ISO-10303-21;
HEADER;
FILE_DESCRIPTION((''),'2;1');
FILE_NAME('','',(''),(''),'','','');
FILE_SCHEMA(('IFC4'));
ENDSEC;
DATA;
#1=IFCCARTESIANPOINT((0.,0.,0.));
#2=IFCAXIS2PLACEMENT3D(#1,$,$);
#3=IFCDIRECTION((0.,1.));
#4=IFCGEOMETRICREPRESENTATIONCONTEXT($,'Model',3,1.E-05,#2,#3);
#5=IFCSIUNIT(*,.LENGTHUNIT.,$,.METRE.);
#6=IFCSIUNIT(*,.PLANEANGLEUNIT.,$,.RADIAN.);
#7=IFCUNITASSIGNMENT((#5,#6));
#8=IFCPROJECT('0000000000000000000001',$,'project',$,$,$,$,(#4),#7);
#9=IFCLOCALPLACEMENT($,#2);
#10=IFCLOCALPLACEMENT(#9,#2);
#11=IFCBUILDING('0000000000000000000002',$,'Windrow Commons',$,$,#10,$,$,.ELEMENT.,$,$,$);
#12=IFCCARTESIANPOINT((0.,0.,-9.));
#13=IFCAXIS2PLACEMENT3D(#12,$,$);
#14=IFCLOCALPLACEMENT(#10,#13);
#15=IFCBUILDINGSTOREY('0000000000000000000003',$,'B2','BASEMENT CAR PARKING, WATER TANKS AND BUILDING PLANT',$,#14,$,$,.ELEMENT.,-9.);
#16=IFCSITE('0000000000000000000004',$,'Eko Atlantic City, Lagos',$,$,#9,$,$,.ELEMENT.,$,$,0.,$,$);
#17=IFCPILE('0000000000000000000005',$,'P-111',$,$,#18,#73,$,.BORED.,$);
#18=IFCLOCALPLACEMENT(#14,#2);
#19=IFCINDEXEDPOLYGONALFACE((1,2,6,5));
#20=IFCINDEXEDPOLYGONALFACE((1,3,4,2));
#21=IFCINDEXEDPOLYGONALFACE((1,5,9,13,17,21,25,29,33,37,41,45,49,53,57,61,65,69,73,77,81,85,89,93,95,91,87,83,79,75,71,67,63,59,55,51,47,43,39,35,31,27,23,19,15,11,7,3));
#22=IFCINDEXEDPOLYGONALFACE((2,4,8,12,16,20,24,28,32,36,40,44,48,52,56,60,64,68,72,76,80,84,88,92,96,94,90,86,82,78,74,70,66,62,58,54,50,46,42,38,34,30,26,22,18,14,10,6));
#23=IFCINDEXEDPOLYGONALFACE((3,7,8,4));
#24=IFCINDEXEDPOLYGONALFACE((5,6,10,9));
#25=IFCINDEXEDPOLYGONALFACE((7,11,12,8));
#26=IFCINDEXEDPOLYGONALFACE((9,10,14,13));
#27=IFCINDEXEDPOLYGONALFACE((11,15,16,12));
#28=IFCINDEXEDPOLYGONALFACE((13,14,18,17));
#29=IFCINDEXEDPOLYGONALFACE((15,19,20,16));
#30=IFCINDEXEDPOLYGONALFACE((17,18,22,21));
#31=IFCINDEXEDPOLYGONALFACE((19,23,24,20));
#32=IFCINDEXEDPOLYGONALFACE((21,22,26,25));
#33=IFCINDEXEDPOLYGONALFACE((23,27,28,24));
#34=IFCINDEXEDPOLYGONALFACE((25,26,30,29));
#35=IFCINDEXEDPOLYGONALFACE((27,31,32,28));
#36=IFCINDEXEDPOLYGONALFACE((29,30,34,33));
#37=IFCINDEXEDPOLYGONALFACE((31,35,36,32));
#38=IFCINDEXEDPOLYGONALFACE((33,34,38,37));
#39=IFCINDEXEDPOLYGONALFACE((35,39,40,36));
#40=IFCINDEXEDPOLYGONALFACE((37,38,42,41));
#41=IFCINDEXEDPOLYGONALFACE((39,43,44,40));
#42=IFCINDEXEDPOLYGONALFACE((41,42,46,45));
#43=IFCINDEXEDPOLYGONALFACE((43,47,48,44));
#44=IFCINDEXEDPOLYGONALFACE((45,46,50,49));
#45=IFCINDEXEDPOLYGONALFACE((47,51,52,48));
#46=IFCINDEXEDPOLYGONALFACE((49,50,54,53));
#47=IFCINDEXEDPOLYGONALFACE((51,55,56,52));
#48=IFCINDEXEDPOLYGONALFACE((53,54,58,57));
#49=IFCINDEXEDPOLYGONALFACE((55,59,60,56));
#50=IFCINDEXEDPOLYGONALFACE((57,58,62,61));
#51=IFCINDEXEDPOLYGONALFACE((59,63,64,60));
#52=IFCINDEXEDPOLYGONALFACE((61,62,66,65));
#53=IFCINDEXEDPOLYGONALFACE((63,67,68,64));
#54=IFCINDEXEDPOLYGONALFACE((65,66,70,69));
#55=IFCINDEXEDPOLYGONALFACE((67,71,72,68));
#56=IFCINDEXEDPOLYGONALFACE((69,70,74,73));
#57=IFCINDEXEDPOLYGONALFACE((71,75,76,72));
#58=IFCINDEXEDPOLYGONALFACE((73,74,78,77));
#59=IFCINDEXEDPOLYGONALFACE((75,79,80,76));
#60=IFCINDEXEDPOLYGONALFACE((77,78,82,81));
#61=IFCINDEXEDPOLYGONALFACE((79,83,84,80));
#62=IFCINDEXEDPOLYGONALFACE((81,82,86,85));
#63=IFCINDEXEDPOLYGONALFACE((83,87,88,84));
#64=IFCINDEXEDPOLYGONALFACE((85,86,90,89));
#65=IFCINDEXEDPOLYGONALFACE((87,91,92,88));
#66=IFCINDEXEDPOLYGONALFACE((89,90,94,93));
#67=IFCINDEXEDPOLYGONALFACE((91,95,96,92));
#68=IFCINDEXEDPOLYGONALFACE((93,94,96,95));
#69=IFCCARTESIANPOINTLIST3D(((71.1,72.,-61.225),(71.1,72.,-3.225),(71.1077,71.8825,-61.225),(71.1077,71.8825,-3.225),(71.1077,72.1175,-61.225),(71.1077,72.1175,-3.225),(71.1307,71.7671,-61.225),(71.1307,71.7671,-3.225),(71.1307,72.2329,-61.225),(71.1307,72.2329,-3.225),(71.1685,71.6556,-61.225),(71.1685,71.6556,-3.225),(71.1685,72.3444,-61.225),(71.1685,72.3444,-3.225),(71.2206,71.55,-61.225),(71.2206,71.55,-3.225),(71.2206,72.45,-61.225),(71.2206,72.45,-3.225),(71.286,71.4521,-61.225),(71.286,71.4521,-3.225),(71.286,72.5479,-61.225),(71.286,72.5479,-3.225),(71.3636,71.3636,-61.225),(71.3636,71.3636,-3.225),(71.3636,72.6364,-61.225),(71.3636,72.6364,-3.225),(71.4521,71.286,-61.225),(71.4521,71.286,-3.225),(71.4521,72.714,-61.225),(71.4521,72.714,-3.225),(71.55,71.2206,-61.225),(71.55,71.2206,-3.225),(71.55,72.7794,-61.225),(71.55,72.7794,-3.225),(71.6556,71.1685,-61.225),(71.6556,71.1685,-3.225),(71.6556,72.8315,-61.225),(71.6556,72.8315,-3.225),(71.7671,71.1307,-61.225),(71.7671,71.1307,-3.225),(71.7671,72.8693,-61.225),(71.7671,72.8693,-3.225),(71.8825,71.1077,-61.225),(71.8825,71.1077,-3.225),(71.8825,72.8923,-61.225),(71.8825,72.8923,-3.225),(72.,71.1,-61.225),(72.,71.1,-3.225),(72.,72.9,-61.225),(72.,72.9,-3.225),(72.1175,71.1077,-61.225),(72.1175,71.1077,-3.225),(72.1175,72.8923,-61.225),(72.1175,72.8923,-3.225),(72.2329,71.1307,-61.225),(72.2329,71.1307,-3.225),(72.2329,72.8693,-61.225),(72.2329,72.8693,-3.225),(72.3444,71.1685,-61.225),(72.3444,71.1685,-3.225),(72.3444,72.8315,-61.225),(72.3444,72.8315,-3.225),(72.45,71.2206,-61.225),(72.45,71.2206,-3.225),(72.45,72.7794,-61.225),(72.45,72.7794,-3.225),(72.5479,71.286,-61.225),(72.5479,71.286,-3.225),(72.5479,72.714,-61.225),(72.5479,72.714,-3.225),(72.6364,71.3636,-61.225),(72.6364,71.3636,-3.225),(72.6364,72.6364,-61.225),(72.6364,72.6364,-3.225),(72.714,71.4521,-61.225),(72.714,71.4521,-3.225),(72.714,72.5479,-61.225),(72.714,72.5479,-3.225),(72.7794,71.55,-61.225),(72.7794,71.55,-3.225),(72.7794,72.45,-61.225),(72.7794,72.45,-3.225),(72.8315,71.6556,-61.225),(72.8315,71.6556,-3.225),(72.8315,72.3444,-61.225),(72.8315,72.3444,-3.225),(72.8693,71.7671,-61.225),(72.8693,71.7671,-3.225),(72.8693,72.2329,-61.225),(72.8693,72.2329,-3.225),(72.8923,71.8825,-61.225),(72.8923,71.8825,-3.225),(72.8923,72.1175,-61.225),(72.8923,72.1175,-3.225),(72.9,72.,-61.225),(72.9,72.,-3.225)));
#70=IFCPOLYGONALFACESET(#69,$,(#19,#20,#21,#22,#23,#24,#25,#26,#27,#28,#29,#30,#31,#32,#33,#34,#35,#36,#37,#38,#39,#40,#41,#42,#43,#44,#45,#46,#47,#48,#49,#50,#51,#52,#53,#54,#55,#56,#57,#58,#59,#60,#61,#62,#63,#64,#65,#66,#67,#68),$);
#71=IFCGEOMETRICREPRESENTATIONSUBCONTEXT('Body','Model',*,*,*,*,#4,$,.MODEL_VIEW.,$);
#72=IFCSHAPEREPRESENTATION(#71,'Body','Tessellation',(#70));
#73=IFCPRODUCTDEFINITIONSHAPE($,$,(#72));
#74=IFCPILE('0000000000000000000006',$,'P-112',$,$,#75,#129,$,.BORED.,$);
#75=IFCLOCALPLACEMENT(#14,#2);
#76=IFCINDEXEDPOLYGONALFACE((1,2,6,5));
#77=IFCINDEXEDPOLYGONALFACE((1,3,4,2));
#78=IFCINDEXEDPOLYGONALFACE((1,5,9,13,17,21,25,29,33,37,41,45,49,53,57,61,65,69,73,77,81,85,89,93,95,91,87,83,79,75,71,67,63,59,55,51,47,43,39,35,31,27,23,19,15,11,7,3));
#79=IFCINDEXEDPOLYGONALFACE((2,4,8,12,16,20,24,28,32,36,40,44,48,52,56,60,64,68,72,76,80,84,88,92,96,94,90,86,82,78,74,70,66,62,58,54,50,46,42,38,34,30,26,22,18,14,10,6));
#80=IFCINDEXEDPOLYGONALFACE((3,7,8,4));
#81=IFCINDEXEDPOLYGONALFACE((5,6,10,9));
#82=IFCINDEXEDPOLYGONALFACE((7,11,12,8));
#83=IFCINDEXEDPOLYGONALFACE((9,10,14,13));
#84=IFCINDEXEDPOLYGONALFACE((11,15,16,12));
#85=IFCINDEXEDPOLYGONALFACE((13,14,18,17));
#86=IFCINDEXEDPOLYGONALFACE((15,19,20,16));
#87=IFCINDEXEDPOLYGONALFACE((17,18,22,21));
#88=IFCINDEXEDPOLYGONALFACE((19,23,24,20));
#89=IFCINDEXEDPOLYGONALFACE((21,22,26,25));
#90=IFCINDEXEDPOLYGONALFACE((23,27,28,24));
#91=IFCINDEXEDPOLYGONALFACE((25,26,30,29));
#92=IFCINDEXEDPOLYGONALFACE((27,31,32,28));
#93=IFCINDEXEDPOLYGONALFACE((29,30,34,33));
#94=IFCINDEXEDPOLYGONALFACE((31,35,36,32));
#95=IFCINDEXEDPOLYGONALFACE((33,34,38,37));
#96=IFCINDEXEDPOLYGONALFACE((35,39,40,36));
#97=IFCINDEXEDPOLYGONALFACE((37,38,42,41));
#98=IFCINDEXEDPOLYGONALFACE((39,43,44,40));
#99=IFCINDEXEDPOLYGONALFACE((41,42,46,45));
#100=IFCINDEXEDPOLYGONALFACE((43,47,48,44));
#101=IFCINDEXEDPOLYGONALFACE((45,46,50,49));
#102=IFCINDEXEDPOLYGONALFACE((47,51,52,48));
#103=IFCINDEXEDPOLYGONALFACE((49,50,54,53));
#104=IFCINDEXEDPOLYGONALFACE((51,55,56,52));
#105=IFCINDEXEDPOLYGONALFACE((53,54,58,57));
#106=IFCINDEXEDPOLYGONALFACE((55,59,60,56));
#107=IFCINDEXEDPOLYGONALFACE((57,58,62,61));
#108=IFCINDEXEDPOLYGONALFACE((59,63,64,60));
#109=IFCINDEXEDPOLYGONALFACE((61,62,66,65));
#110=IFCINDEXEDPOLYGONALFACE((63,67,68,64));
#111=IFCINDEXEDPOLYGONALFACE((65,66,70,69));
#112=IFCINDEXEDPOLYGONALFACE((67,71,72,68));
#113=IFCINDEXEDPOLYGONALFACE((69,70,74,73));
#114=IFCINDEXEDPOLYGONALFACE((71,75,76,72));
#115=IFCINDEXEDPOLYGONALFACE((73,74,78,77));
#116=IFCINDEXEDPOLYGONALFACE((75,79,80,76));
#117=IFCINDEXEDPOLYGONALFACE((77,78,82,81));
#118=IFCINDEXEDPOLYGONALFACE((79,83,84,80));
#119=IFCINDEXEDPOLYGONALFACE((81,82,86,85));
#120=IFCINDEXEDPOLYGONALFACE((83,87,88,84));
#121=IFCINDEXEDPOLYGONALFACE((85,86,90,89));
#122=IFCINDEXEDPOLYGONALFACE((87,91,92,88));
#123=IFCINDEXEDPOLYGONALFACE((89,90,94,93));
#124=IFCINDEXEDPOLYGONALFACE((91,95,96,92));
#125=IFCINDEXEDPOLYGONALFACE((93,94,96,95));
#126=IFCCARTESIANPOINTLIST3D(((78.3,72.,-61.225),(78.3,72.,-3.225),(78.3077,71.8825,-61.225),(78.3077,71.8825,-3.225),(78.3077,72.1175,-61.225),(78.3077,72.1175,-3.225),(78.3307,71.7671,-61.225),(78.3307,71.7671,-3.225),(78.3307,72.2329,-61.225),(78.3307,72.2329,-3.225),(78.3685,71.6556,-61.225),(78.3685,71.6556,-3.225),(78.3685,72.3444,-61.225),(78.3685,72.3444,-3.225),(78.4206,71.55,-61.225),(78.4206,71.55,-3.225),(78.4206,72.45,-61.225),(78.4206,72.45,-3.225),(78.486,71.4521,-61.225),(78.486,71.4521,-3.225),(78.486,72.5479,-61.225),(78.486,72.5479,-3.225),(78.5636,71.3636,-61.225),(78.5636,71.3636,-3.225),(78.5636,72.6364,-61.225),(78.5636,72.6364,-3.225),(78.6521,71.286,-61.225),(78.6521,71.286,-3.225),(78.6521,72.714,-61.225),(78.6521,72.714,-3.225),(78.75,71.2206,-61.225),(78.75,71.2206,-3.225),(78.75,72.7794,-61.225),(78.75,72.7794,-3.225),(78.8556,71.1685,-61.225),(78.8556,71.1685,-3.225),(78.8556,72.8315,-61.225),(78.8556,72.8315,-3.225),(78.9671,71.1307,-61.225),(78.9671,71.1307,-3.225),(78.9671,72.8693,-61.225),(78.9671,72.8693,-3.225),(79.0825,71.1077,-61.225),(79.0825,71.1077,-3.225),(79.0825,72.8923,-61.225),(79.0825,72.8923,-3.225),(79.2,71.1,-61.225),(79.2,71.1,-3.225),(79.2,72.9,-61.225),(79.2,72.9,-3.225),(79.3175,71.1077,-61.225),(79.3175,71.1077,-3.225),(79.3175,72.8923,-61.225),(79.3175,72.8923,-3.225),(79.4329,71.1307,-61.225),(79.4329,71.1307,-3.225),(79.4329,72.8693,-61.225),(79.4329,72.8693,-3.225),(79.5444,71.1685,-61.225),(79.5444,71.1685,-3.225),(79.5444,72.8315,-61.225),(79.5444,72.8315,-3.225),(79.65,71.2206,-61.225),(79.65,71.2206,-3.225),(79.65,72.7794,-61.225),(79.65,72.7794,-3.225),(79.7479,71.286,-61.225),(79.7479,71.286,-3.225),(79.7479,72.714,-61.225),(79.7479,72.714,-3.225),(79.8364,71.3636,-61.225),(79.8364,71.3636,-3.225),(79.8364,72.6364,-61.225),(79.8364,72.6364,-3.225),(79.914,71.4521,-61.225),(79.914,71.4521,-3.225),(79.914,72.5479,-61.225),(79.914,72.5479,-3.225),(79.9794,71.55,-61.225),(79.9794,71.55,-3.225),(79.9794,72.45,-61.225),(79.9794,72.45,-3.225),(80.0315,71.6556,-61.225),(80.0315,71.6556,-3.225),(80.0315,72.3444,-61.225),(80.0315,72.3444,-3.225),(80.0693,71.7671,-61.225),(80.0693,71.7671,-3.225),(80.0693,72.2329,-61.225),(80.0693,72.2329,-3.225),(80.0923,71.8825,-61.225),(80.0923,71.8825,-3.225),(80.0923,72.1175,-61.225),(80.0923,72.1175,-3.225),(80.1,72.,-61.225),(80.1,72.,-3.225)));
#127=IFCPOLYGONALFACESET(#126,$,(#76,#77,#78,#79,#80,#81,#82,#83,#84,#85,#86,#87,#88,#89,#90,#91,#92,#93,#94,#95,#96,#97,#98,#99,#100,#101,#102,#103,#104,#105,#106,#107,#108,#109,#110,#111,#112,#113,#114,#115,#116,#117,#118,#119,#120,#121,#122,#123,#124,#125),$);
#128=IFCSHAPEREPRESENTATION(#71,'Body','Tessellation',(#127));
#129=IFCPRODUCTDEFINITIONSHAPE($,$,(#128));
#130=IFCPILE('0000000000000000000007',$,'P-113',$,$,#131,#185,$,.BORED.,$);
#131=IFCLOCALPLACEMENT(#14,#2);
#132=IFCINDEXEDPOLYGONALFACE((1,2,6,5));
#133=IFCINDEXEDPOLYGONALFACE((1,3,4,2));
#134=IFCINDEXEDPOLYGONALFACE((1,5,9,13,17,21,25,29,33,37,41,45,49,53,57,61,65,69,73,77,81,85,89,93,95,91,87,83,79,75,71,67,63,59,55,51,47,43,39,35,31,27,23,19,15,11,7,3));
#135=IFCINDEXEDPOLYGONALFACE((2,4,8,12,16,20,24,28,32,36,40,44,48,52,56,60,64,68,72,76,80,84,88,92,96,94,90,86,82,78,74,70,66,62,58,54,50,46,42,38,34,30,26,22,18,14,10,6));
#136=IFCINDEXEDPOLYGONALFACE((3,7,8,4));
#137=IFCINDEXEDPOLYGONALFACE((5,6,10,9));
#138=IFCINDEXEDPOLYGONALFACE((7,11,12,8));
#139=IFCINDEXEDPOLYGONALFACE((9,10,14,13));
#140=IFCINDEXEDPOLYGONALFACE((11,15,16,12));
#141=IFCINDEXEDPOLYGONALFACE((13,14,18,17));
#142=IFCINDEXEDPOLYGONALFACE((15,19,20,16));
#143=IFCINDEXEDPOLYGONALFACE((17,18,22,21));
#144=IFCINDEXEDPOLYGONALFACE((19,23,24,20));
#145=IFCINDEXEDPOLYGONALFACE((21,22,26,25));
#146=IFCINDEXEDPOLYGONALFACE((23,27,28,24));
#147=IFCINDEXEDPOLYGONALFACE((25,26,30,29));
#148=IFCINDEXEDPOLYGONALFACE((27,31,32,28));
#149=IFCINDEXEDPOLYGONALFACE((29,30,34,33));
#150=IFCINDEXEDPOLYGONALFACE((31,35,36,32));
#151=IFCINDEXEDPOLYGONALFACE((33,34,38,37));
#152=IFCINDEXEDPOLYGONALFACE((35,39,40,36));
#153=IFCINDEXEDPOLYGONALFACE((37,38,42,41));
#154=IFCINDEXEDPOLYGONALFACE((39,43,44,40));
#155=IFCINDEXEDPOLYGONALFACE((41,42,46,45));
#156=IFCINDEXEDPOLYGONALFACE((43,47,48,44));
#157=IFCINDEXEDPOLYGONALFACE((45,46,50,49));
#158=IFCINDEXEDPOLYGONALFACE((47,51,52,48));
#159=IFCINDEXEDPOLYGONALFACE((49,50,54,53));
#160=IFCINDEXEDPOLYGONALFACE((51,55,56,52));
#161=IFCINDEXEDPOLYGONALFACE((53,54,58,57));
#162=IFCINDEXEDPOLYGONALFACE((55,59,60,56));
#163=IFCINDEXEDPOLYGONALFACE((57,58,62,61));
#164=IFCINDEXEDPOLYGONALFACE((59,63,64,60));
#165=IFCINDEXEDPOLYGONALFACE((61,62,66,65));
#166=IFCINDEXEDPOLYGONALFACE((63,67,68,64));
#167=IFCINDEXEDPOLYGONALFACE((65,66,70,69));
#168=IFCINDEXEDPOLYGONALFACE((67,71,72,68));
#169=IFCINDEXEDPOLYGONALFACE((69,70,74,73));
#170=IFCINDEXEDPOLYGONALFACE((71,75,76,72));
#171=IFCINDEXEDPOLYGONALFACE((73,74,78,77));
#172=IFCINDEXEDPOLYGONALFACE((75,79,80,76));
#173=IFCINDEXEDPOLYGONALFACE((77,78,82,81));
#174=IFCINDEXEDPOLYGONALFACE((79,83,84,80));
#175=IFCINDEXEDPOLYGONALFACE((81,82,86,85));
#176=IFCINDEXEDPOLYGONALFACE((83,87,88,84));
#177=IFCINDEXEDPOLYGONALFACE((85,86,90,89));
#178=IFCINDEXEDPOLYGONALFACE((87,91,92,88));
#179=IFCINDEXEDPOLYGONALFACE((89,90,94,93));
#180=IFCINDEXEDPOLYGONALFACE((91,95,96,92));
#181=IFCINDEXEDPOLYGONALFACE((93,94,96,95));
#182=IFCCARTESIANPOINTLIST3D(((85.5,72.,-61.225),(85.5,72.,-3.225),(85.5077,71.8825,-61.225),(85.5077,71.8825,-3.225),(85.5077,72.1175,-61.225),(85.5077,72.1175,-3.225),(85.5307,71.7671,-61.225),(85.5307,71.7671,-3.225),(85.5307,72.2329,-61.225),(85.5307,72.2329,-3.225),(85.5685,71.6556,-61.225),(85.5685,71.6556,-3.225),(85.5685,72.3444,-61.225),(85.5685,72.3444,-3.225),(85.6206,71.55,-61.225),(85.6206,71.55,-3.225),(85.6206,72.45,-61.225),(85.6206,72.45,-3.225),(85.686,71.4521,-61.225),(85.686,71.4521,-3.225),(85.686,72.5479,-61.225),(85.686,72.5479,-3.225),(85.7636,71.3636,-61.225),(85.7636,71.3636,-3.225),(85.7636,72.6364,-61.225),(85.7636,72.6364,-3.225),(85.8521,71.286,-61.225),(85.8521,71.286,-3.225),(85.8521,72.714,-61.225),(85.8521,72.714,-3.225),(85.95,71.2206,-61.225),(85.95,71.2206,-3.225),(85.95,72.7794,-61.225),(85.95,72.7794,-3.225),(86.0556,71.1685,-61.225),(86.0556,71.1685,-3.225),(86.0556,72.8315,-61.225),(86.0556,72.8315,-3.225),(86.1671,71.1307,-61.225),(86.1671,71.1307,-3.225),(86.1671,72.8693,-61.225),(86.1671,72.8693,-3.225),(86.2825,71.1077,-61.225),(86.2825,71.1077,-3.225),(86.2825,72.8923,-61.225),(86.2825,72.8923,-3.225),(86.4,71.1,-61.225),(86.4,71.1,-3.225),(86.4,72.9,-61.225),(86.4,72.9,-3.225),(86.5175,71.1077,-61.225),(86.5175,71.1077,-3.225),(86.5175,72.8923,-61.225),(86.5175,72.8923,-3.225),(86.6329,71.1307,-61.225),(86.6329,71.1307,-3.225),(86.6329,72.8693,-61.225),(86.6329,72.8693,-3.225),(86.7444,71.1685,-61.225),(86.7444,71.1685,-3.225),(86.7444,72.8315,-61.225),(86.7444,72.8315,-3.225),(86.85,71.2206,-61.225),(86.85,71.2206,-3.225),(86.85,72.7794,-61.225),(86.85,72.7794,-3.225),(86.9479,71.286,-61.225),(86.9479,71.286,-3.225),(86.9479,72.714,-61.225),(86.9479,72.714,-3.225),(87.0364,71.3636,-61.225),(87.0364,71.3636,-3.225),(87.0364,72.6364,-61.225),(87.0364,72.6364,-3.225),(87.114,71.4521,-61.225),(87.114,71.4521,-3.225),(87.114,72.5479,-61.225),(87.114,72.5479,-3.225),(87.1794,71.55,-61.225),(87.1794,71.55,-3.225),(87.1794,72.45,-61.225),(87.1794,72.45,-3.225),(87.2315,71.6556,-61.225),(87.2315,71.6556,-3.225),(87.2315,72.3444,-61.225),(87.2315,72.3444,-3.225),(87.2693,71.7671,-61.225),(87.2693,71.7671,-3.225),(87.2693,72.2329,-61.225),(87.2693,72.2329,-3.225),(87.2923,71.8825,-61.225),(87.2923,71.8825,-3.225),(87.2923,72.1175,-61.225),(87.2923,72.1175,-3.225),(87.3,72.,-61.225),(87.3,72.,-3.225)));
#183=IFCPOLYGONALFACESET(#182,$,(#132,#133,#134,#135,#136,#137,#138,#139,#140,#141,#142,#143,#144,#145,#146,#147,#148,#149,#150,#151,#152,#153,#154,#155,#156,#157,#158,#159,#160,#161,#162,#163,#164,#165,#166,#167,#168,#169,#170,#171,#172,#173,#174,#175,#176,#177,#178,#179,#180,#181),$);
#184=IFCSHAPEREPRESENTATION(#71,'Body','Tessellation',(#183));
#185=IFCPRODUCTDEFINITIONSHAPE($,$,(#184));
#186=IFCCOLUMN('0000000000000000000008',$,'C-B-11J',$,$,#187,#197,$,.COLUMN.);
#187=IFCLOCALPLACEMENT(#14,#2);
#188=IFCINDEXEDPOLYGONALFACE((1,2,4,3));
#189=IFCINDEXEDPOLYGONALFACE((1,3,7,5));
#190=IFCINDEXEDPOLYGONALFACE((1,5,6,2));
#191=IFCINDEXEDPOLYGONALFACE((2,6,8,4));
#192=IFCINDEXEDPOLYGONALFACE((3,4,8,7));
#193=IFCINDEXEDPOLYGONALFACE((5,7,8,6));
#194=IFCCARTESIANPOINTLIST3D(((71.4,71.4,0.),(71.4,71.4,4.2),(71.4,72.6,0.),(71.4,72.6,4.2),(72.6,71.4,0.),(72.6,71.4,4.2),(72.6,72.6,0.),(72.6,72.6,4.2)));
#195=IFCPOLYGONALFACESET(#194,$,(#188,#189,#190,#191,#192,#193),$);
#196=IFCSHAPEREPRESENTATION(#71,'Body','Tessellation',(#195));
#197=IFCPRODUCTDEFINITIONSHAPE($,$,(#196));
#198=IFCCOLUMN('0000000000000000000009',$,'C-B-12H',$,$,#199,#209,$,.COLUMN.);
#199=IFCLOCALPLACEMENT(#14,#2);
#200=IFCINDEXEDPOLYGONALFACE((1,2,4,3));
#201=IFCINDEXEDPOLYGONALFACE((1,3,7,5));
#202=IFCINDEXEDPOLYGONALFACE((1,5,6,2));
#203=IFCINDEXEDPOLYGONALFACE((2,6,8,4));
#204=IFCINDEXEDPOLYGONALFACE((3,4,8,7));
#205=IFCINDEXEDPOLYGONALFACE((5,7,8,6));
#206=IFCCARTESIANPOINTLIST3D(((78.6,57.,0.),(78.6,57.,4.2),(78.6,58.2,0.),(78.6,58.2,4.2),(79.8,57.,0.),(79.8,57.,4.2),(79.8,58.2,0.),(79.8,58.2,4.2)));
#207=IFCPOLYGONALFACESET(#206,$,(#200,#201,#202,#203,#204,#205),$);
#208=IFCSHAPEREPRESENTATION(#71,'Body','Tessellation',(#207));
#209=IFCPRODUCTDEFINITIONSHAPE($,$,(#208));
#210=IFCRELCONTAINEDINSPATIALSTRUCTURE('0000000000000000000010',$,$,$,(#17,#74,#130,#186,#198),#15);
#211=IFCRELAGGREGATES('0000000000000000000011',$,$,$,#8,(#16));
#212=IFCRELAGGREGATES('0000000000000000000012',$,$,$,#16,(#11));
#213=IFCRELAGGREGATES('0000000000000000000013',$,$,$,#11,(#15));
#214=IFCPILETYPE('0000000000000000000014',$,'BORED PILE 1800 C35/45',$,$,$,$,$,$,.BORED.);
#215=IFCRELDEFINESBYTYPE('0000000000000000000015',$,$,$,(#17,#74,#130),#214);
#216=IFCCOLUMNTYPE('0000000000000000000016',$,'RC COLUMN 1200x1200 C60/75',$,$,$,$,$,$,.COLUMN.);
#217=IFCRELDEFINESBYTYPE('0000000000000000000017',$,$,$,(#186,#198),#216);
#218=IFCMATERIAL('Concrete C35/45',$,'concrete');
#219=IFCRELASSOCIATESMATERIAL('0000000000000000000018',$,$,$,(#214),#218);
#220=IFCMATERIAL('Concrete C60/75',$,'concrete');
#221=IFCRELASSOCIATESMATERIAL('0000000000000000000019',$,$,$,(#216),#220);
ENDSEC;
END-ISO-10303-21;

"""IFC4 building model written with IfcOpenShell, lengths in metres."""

from ifc_helpers import new_model, si_unit, direction, frame, origin, origin_2d, place, context, subcontext, project, spatial, rectangle, circle, extrude, material, material_profile, profile_set, type_object, element, save


model = new_model("IFC4")

# Units and contexts
model_context = context("Model", 3, precision=1e-05, world=origin(), true_north=direction((0.0, 1.0)))
body_context = subcontext(model_context, "Body", "Model", "MODEL_VIEW")
ifc_project = project(units=[si_unit("LENGTHUNIT", "METRE"), si_unit("PLANEANGLEUNIT", "RADIAN")], contexts=[model_context])

# Site, building, storey
site_placement = place(None, origin())
site = spatial("IfcSite", under=ifc_project, at=site_placement, Name="Eko Atlantic City, Lagos", CompositionType="ELEMENT", RefElevation=0.0)
building_placement = place(site_placement, origin())
building = spatial("IfcBuilding", under=site, at=building_placement, Name="Windrow Commons", CompositionType="ELEMENT")
storey_placement = place(building_placement, frame((0.0, 0.0, -9.0)))
storey = spatial("IfcBuildingStorey", under=building, at=storey_placement, Name="B2", Description="BASEMENT CAR PARKING, WATER TANKS AND BUILDING PLANT", CompositionType="ELEMENT", Elevation=-9.0)

# Piles
ifc_material_1 = material(Name="Concrete C35/45", Category="concrete")
ifc_material_profile_1 = material_profile(ifc_material_1, circle(Radius=0.9, at=origin_2d()))
ifc_profile_set_1 = profile_set([ifc_material_profile_1], Name="Concrete C35/45")
pile_type = type_object("IfcPileType", Name="BORED PILE 1800 C35/45", PredefinedType="BORED", material=ifc_profile_set_1)
for number, where, z_axis, x_axis, name in (
    (1, (72.0, 72.0, -3.225), (0.0, 0.0, -1.0), (1.0, 0.0, 0.0), "P-111"),
    (2, (79.2, 72.0, -3.225), (0.0, 0.0, -1.0), (1.0, 0.0, 0.0), "P-112"),
    (3, (86.4, 72.0, -3.225), (0.0, 0.0, -1.0), (1.0, 0.0, 0.0), "P-113"),
):
    element("IfcPile", number, at=place(storey_placement, frame(where, z_axis=z_axis, x_axis=x_axis)), inside=storey, type_object=pile_type, Name=name, PredefinedType="BORED", context=body_context, shape_type="SweptSolid", body=[
        extrude(circle(Radius=0.9, at=origin_2d()), origin(), (0.0, 0.0, 1.0), 58.0),
    ])

# Columns
ifc_material_2 = material(Name="Concrete C60/75", Category="concrete")
ifc_material_profile_2 = material_profile(ifc_material_2, rectangle(XDim=1.2, YDim=1.2, at=origin_2d()))
ifc_profile_set_2 = profile_set([ifc_material_profile_2], Name="Concrete C60/75")
column_type = type_object("IfcColumnType", Name="RC COLUMN 1200x1200 C60/75", PredefinedType="COLUMN", material=ifc_profile_set_2)
for number, where, z_axis, x_axis, name in (
    (4, (72.0, 72.0, 0.0), (0.0, 0.0, 1.0), (1.0, 0.0, 0.0), "C-B-11J"),
    (5, (79.2, 57.6, 0.0), (0.0, 0.0, 1.0), (1.0, 0.0, 0.0), "C-B-12H"),
):
    element("IfcColumn", number, at=place(storey_placement, frame(where, z_axis=z_axis, x_axis=x_axis)), inside=storey, type_object=column_type, Name=name, PredefinedType="COLUMN", context=body_context, shape_type="SweptSolid", body=[
        extrude(rectangle(XDim=1.2, YDim=1.2, at=origin_2d()), origin(), (0.0, 0.0, 1.0), 4.2),
    ])

save(model, "model.ifc")
